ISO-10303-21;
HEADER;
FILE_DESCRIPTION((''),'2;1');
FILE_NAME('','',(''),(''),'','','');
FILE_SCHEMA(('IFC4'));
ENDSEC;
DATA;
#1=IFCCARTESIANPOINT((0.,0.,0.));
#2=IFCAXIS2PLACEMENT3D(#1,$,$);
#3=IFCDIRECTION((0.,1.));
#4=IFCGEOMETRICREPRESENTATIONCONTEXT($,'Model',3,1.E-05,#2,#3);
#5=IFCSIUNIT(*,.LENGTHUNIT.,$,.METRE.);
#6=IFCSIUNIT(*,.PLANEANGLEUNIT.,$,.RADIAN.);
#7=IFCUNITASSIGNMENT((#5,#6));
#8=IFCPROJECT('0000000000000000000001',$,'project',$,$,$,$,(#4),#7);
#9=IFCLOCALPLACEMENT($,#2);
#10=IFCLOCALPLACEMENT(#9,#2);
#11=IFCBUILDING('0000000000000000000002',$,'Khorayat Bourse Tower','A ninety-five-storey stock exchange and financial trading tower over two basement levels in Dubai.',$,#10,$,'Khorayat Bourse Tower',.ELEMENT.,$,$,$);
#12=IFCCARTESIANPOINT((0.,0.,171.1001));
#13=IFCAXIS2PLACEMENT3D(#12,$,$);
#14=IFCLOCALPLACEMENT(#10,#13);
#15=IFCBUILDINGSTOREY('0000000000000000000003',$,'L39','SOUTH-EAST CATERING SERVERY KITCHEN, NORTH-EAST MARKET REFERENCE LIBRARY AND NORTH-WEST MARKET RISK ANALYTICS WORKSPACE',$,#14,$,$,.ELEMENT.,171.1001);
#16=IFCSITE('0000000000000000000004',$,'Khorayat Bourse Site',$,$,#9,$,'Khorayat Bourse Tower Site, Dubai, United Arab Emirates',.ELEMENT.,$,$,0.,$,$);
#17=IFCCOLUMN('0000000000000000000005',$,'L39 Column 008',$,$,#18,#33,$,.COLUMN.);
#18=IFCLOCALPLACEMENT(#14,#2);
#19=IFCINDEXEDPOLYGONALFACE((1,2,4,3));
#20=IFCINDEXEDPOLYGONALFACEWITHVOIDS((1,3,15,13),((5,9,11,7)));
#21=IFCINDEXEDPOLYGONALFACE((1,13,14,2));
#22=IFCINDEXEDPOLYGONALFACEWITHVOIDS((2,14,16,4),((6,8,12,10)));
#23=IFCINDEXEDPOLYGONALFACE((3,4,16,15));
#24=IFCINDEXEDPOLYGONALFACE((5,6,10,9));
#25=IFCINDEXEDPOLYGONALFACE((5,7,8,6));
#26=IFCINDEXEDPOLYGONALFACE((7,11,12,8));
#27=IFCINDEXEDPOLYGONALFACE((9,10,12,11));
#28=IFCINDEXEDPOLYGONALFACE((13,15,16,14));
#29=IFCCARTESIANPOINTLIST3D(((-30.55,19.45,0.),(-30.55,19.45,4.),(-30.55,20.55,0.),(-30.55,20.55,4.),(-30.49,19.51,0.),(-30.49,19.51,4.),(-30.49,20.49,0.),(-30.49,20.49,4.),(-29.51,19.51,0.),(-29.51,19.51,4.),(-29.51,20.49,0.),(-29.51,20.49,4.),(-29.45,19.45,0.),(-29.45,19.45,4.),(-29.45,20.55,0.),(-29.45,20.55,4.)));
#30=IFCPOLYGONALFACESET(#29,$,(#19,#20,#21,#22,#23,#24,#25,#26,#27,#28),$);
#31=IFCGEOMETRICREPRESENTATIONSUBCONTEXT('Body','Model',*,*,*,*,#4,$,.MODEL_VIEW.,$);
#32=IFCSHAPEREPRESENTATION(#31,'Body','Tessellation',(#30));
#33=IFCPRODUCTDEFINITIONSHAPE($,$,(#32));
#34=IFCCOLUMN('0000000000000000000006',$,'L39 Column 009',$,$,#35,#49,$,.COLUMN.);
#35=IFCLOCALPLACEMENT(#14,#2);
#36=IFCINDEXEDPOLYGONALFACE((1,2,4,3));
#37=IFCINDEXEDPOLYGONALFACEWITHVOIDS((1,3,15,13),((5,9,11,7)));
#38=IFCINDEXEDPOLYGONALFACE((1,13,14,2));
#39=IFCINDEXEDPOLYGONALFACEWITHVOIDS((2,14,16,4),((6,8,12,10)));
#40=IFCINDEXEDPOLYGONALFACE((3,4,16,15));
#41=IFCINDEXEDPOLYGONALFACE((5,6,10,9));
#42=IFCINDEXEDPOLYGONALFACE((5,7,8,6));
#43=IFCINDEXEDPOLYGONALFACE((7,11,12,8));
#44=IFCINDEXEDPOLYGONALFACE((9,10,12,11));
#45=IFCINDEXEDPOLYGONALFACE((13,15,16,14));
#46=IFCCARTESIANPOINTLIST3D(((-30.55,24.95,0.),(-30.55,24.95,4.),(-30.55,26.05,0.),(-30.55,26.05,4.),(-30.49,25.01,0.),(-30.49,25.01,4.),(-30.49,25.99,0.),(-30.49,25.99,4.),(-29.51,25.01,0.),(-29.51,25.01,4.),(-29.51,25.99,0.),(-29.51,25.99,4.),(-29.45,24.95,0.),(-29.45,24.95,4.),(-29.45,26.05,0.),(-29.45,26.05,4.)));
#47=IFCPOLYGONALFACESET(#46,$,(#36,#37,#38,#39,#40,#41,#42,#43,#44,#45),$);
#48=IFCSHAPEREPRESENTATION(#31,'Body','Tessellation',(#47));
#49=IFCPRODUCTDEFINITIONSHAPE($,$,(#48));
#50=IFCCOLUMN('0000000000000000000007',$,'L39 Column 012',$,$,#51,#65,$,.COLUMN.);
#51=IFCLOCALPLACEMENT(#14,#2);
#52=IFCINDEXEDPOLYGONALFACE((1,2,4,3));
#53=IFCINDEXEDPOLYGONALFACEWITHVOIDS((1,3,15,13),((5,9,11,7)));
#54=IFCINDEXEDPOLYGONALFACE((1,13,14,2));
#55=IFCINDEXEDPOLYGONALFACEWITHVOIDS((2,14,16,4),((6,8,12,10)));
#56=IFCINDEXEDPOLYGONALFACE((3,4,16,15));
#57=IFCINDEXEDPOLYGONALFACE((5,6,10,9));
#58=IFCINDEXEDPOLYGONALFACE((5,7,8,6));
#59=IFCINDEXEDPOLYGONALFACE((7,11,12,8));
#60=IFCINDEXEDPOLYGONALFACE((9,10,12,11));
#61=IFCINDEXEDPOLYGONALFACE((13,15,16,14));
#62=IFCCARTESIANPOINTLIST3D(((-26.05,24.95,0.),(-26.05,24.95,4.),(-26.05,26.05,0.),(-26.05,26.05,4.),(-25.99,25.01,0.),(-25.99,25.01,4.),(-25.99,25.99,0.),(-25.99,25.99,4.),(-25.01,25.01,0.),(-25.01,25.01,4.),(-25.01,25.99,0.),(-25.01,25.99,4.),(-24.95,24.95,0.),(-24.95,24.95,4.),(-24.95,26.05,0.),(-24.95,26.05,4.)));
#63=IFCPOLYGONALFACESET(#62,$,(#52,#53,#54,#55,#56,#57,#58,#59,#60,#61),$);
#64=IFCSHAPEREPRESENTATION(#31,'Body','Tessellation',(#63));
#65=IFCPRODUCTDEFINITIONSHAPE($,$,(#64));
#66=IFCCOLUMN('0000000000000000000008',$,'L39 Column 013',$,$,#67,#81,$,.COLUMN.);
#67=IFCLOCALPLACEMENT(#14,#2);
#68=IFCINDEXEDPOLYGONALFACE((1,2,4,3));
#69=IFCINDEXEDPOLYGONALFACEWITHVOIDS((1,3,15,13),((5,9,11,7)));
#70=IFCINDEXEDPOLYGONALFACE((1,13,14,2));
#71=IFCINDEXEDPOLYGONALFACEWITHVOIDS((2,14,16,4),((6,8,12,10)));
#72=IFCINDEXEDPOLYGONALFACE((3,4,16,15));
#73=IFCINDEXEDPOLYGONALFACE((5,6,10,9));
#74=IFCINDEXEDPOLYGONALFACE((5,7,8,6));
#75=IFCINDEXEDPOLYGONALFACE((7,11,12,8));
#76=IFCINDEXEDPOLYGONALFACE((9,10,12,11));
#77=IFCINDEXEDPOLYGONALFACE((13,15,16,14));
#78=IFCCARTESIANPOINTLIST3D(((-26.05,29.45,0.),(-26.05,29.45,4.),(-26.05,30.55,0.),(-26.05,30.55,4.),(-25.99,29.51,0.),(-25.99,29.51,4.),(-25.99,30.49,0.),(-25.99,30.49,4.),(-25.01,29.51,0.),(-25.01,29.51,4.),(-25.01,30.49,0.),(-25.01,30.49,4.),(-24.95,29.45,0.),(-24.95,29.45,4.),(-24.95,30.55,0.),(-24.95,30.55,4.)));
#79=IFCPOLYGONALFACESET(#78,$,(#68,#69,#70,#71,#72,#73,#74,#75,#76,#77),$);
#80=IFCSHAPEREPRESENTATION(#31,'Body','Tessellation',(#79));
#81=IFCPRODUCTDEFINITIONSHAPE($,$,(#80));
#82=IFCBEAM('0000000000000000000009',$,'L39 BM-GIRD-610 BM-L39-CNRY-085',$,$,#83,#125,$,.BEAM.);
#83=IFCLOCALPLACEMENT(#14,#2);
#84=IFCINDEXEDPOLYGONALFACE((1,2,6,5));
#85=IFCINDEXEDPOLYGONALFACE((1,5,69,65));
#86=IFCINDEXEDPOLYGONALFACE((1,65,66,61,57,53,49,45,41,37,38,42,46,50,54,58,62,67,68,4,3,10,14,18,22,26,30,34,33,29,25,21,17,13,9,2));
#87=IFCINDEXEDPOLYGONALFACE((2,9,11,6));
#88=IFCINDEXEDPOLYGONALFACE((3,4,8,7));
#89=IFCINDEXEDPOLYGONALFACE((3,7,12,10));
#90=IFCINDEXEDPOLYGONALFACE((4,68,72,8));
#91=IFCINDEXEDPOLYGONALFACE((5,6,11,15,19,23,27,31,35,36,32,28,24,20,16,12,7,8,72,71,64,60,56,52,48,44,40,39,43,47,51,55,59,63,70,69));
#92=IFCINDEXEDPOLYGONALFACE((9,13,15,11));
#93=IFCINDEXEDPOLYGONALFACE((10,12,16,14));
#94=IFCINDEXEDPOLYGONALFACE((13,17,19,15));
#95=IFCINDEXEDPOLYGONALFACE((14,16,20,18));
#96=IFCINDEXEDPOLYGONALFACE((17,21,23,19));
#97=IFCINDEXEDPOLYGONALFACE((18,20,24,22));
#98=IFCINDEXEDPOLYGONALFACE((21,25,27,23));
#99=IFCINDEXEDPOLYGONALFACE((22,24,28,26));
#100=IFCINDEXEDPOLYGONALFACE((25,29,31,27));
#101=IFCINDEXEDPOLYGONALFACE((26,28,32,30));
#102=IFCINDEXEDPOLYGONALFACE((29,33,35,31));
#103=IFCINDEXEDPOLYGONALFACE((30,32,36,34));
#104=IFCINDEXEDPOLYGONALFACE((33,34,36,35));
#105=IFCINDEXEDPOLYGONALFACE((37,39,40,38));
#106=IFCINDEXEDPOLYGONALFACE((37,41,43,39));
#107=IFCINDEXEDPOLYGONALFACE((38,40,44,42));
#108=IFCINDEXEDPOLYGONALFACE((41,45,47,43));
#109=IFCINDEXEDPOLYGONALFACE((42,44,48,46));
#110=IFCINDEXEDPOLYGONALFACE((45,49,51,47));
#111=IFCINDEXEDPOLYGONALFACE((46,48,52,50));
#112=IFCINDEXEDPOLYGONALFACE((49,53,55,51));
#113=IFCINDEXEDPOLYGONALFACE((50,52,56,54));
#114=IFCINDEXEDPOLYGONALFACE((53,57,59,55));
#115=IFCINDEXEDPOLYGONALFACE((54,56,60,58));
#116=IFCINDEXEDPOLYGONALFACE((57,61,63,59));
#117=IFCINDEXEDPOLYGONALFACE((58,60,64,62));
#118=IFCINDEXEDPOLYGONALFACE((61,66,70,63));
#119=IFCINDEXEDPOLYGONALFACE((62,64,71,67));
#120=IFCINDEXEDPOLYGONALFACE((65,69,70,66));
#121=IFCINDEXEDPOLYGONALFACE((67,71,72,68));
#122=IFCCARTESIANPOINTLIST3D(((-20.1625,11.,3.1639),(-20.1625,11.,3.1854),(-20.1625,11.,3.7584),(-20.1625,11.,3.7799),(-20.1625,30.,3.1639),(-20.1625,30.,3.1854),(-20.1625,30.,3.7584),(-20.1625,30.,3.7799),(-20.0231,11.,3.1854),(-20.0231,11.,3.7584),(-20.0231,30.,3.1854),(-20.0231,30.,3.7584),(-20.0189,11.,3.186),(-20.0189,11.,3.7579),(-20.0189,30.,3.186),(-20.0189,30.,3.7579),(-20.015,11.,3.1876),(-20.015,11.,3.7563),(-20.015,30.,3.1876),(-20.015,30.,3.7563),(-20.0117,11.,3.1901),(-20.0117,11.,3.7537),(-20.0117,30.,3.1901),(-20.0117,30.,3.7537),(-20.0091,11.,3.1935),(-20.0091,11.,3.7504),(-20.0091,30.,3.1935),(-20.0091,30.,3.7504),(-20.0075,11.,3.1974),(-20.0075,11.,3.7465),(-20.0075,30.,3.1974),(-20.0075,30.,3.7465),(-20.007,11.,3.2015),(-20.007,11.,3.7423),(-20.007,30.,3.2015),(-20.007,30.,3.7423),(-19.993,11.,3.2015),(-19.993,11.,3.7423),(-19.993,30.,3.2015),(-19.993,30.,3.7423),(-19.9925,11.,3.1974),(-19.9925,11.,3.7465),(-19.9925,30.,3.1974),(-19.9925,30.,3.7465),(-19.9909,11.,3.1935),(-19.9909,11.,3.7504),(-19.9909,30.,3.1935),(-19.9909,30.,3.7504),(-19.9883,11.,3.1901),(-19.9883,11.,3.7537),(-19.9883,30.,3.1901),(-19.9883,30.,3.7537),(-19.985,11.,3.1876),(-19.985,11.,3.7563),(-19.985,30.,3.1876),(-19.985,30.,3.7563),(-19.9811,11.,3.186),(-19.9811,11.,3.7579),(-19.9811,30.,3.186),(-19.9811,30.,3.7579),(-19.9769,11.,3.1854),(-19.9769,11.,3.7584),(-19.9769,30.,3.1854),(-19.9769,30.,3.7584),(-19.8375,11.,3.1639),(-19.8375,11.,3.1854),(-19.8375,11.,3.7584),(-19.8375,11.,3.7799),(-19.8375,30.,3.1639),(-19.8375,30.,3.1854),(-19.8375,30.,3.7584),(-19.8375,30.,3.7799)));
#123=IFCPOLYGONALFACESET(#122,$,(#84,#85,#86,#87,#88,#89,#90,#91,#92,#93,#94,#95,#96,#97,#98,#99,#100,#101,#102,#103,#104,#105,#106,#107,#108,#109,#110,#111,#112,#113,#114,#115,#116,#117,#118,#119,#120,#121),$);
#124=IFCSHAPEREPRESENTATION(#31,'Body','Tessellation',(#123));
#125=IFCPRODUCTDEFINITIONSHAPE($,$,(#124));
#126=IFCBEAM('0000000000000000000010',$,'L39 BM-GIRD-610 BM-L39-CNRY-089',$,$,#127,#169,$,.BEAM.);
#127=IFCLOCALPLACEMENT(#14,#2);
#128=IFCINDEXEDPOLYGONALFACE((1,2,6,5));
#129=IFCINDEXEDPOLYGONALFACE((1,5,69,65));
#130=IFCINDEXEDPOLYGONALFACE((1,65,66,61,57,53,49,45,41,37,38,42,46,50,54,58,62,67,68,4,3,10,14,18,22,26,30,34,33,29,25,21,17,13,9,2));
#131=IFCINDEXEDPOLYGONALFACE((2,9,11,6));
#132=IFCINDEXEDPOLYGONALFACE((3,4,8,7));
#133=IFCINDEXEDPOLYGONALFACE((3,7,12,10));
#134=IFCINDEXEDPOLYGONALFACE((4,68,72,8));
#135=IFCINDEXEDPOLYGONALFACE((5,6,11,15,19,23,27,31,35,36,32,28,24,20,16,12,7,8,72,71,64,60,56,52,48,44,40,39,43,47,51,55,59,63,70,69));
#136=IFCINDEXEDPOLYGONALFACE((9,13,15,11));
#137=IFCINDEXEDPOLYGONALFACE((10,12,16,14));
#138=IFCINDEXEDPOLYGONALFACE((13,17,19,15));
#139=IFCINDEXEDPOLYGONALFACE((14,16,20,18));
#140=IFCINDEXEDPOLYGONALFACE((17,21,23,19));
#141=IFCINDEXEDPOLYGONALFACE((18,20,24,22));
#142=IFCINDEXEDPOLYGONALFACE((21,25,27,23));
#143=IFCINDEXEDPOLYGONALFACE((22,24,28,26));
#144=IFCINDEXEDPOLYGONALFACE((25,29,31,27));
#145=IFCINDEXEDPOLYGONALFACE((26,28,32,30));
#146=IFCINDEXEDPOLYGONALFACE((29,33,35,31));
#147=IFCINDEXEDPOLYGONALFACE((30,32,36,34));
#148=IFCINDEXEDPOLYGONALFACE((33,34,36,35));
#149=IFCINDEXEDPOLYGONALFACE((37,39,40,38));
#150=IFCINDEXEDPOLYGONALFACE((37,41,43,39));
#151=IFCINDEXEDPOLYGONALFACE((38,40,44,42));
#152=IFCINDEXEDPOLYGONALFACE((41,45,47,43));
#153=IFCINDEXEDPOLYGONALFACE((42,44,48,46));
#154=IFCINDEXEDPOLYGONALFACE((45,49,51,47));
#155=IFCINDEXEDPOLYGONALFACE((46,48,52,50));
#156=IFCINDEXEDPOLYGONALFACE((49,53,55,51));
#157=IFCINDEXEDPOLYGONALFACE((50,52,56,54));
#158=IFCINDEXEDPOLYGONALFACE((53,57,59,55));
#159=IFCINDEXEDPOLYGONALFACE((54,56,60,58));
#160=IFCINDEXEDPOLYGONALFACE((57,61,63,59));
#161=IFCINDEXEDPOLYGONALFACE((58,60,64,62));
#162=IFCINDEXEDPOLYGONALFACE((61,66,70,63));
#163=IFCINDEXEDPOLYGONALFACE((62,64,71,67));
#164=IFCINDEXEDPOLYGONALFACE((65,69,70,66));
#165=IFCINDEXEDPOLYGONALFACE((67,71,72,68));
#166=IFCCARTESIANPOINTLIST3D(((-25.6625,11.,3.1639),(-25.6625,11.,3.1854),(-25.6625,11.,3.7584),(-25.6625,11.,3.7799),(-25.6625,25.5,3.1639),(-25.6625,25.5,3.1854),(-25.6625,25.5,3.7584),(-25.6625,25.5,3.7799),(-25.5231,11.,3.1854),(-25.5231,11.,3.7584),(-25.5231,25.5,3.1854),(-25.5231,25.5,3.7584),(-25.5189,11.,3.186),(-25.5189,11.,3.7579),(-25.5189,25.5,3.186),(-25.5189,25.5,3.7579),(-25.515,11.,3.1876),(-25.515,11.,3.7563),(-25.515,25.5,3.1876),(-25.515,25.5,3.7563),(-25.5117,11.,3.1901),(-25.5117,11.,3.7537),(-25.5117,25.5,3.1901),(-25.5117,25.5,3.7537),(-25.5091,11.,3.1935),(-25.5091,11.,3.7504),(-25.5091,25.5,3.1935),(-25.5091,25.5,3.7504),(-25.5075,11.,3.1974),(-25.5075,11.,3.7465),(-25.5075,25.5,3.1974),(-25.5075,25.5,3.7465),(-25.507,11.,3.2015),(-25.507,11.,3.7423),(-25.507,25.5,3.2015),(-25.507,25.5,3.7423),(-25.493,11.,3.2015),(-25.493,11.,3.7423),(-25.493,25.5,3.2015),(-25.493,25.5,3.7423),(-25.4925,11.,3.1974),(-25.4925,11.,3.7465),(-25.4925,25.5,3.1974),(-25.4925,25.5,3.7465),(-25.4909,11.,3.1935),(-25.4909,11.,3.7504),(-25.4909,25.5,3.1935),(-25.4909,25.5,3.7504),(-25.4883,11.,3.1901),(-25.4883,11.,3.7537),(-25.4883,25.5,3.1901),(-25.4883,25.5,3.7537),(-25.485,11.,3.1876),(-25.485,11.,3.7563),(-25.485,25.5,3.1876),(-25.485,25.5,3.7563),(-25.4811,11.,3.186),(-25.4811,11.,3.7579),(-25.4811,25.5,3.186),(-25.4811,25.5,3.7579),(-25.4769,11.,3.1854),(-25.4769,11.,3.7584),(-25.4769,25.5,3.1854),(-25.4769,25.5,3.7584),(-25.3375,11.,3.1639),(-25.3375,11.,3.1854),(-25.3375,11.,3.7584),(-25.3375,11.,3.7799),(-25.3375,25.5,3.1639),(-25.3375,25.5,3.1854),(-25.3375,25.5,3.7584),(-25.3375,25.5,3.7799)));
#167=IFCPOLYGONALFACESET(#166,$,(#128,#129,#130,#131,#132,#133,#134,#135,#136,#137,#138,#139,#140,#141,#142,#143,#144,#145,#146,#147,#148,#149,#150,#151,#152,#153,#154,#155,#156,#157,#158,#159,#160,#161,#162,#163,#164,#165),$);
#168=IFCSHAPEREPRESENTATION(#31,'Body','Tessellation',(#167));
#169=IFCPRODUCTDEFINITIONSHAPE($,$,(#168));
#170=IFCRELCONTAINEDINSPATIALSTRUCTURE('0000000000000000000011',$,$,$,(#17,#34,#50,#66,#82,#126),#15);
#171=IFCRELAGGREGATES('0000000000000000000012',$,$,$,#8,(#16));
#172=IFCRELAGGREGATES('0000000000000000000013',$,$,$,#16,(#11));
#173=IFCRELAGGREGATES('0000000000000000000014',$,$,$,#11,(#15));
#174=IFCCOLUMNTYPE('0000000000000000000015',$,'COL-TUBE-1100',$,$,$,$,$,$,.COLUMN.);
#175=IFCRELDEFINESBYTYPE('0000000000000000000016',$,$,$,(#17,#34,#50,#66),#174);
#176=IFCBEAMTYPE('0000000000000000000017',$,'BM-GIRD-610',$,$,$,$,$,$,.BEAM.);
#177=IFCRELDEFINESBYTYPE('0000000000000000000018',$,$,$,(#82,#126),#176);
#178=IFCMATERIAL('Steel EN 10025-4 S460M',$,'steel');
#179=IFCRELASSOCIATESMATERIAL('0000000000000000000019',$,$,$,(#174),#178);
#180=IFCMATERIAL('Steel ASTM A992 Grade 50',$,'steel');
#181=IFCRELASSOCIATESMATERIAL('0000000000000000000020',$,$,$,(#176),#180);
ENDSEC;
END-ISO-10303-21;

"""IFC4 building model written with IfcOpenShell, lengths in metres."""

from ifc_helpers import new_model, si_unit, direction, frame, origin, origin_2d, place, context, subcontext, project, spatial, hollow_rectangle, i_section, extrude, source, transform, mapped, material, material_profile, profile_set, type_object, element, save


model = new_model("IFC4")

# Units and contexts
model_context = context("Model", 3, precision=1e-05, world=origin(), true_north=direction((0.0, 1.0)))
body_context = subcontext(model_context, "Body", "Model", "MODEL_VIEW")
ifc_project = project(units=[si_unit("LENGTHUNIT", "METRE"), si_unit("PLANEANGLEUNIT", "RADIAN")], contexts=[model_context])

# Site, building, storey
site_placement = place(None, origin())
site = spatial("IfcSite", under=ifc_project, at=site_placement, Name="Khorayat Bourse Site", LongName="Khorayat Bourse Tower Site, Dubai, United Arab Emirates", CompositionType="ELEMENT", RefElevation=0.0)
building_placement = place(site_placement, origin())
building = spatial("IfcBuilding", under=site, at=building_placement, Name="Khorayat Bourse Tower", Description="A ninety-five-storey stock exchange and financial trading tower over two basement levels in Dubai.", LongName="Khorayat Bourse Tower", CompositionType="ELEMENT")
storey_placement = place(building_placement, frame((0.0, 0.0, 171.1001)))
storey = spatial("IfcBuildingStorey", under=building, at=storey_placement, Name="L39", Description="SOUTH-EAST CATERING SERVERY KITCHEN, NORTH-EAST MARKET REFERENCE LIBRARY AND NORTH-WEST MARKET RISK ANALYTICS WORKSPACE", CompositionType="ELEMENT", Elevation=171.1001)

# Columns
ifc_material_1 = material(Name="Steel EN 10025-4 S460M", Category="steel")
ifc_material_profile_1 = material_profile(ifc_material_1, hollow_rectangle(XDim=1.1001, YDim=1.1001, WallThickness=0.0601, at=origin_2d()), Name="BOX 1100x1100x60")
ifc_profile_set_1 = profile_set([ifc_material_profile_1], Name="Steel EN 10025-4 S460M")
column_type = type_object("IfcColumnType", Name="COL-TUBE-1100", PredefinedType="COLUMN", material=ifc_profile_set_1)
shared_shape_1 = source(origin(), body_context, "Body", "SweptSolid", [
    extrude(hollow_rectangle(XDim=1.1001, YDim=1.1001, WallThickness=0.0601, at=origin_2d()), origin(), (0.0, 0.0, 1.0), 4.0),
])
for number, where, z_axis, x_axis, name in (
    (1, (-30.0, 20.0, 0.0), (0.0, 0.0, 1.0), (1.0, 0.0, 0.0), "L39 Column 008"),
    (2, (-30.0, 25.5, 0.0), (0.0, 0.0, 1.0), (1.0, 0.0, 0.0), "L39 Column 009"),
    (3, (-25.5, 25.5, 0.0), (0.0, 0.0, 1.0), (1.0, 0.0, 0.0), "L39 Column 012"),
    (4, (-25.5, 30.0, 0.0), (0.0, 0.0, 1.0), (1.0, 0.0, 0.0), "L39 Column 013"),
):
    element("IfcColumn", number, at=place(storey_placement, frame(where, z_axis=z_axis, x_axis=x_axis)), inside=storey, type_object=column_type, Name=name, PredefinedType="COLUMN", context=body_context, shape_type="MappedRepresentation", body=[
        mapped(shared_shape_1, transform((0.0, 0.0, 0.0), scale=1.0)),
    ])

# Beams
ifc_material_2 = material(Name="Steel ASTM A992 Grade 50", Category="steel")
ifc_material_profile_2 = material_profile(ifc_material_2, i_section(OverallWidth=0.325, OverallDepth=0.616, WebThickness=0.0139, FlangeThickness=0.0215, FilletRadius=0.0161, at=origin_2d()), Name="W610X174")
ifc_profile_set_2 = profile_set([ifc_material_profile_2], Name="Steel ASTM A992 Grade 50")
beam_type_1 = type_object("IfcBeamType", Name="BM-GIRD-610", PredefinedType="BEAM", material=ifc_profile_set_2)
shared_shape_2 = source(origin(), body_context, "Body", "SweptSolid", [
    extrude(i_section(OverallWidth=0.325, OverallDepth=0.616, WebThickness=0.0139, FlangeThickness=0.0215, FilletRadius=0.0161, at=origin_2d()), origin(), (0.0, 0.0, 1.0), 19.0),
])
beam_1_placement = place(storey_placement, frame((-20.0, 11.0, 3.4719), z_axis=(0.0, 1.0, 0.0), x_axis=(-1.0, 0.0, 0.0)))
element("IfcBeam", 5, at=beam_1_placement, inside=storey, type_object=beam_type_1, Name="L39 BM-GIRD-610 BM-L39-CNRY-085", PredefinedType="BEAM", context=body_context, shape_type="MappedRepresentation", body=[
    mapped(shared_shape_2, transform((0.0, 0.0, 0.0), scale=1.0)),
])
shared_shape_3 = source(origin(), body_context, "Body", "SweptSolid", [
    extrude(i_section(OverallWidth=0.325, OverallDepth=0.616, WebThickness=0.0139, FlangeThickness=0.0215, FilletRadius=0.0161, at=origin_2d()), origin(), (0.0, 0.0, 1.0), 14.5),
])
beam_2_placement = place(storey_placement, frame((-25.5, 11.0, 3.4719), z_axis=(0.0, 1.0, 0.0), x_axis=(-1.0, 0.0, 0.0)))
element("IfcBeam", 6, at=beam_2_placement, inside=storey, type_object=beam_type_1, Name="L39 BM-GIRD-610 BM-L39-CNRY-089", PredefinedType="BEAM", context=body_context, shape_type="MappedRepresentation", body=[
    mapped(shared_shape_3, transform((0.0, 0.0, 0.0), scale=1.0)),
])

save(model, "model.ifc")
